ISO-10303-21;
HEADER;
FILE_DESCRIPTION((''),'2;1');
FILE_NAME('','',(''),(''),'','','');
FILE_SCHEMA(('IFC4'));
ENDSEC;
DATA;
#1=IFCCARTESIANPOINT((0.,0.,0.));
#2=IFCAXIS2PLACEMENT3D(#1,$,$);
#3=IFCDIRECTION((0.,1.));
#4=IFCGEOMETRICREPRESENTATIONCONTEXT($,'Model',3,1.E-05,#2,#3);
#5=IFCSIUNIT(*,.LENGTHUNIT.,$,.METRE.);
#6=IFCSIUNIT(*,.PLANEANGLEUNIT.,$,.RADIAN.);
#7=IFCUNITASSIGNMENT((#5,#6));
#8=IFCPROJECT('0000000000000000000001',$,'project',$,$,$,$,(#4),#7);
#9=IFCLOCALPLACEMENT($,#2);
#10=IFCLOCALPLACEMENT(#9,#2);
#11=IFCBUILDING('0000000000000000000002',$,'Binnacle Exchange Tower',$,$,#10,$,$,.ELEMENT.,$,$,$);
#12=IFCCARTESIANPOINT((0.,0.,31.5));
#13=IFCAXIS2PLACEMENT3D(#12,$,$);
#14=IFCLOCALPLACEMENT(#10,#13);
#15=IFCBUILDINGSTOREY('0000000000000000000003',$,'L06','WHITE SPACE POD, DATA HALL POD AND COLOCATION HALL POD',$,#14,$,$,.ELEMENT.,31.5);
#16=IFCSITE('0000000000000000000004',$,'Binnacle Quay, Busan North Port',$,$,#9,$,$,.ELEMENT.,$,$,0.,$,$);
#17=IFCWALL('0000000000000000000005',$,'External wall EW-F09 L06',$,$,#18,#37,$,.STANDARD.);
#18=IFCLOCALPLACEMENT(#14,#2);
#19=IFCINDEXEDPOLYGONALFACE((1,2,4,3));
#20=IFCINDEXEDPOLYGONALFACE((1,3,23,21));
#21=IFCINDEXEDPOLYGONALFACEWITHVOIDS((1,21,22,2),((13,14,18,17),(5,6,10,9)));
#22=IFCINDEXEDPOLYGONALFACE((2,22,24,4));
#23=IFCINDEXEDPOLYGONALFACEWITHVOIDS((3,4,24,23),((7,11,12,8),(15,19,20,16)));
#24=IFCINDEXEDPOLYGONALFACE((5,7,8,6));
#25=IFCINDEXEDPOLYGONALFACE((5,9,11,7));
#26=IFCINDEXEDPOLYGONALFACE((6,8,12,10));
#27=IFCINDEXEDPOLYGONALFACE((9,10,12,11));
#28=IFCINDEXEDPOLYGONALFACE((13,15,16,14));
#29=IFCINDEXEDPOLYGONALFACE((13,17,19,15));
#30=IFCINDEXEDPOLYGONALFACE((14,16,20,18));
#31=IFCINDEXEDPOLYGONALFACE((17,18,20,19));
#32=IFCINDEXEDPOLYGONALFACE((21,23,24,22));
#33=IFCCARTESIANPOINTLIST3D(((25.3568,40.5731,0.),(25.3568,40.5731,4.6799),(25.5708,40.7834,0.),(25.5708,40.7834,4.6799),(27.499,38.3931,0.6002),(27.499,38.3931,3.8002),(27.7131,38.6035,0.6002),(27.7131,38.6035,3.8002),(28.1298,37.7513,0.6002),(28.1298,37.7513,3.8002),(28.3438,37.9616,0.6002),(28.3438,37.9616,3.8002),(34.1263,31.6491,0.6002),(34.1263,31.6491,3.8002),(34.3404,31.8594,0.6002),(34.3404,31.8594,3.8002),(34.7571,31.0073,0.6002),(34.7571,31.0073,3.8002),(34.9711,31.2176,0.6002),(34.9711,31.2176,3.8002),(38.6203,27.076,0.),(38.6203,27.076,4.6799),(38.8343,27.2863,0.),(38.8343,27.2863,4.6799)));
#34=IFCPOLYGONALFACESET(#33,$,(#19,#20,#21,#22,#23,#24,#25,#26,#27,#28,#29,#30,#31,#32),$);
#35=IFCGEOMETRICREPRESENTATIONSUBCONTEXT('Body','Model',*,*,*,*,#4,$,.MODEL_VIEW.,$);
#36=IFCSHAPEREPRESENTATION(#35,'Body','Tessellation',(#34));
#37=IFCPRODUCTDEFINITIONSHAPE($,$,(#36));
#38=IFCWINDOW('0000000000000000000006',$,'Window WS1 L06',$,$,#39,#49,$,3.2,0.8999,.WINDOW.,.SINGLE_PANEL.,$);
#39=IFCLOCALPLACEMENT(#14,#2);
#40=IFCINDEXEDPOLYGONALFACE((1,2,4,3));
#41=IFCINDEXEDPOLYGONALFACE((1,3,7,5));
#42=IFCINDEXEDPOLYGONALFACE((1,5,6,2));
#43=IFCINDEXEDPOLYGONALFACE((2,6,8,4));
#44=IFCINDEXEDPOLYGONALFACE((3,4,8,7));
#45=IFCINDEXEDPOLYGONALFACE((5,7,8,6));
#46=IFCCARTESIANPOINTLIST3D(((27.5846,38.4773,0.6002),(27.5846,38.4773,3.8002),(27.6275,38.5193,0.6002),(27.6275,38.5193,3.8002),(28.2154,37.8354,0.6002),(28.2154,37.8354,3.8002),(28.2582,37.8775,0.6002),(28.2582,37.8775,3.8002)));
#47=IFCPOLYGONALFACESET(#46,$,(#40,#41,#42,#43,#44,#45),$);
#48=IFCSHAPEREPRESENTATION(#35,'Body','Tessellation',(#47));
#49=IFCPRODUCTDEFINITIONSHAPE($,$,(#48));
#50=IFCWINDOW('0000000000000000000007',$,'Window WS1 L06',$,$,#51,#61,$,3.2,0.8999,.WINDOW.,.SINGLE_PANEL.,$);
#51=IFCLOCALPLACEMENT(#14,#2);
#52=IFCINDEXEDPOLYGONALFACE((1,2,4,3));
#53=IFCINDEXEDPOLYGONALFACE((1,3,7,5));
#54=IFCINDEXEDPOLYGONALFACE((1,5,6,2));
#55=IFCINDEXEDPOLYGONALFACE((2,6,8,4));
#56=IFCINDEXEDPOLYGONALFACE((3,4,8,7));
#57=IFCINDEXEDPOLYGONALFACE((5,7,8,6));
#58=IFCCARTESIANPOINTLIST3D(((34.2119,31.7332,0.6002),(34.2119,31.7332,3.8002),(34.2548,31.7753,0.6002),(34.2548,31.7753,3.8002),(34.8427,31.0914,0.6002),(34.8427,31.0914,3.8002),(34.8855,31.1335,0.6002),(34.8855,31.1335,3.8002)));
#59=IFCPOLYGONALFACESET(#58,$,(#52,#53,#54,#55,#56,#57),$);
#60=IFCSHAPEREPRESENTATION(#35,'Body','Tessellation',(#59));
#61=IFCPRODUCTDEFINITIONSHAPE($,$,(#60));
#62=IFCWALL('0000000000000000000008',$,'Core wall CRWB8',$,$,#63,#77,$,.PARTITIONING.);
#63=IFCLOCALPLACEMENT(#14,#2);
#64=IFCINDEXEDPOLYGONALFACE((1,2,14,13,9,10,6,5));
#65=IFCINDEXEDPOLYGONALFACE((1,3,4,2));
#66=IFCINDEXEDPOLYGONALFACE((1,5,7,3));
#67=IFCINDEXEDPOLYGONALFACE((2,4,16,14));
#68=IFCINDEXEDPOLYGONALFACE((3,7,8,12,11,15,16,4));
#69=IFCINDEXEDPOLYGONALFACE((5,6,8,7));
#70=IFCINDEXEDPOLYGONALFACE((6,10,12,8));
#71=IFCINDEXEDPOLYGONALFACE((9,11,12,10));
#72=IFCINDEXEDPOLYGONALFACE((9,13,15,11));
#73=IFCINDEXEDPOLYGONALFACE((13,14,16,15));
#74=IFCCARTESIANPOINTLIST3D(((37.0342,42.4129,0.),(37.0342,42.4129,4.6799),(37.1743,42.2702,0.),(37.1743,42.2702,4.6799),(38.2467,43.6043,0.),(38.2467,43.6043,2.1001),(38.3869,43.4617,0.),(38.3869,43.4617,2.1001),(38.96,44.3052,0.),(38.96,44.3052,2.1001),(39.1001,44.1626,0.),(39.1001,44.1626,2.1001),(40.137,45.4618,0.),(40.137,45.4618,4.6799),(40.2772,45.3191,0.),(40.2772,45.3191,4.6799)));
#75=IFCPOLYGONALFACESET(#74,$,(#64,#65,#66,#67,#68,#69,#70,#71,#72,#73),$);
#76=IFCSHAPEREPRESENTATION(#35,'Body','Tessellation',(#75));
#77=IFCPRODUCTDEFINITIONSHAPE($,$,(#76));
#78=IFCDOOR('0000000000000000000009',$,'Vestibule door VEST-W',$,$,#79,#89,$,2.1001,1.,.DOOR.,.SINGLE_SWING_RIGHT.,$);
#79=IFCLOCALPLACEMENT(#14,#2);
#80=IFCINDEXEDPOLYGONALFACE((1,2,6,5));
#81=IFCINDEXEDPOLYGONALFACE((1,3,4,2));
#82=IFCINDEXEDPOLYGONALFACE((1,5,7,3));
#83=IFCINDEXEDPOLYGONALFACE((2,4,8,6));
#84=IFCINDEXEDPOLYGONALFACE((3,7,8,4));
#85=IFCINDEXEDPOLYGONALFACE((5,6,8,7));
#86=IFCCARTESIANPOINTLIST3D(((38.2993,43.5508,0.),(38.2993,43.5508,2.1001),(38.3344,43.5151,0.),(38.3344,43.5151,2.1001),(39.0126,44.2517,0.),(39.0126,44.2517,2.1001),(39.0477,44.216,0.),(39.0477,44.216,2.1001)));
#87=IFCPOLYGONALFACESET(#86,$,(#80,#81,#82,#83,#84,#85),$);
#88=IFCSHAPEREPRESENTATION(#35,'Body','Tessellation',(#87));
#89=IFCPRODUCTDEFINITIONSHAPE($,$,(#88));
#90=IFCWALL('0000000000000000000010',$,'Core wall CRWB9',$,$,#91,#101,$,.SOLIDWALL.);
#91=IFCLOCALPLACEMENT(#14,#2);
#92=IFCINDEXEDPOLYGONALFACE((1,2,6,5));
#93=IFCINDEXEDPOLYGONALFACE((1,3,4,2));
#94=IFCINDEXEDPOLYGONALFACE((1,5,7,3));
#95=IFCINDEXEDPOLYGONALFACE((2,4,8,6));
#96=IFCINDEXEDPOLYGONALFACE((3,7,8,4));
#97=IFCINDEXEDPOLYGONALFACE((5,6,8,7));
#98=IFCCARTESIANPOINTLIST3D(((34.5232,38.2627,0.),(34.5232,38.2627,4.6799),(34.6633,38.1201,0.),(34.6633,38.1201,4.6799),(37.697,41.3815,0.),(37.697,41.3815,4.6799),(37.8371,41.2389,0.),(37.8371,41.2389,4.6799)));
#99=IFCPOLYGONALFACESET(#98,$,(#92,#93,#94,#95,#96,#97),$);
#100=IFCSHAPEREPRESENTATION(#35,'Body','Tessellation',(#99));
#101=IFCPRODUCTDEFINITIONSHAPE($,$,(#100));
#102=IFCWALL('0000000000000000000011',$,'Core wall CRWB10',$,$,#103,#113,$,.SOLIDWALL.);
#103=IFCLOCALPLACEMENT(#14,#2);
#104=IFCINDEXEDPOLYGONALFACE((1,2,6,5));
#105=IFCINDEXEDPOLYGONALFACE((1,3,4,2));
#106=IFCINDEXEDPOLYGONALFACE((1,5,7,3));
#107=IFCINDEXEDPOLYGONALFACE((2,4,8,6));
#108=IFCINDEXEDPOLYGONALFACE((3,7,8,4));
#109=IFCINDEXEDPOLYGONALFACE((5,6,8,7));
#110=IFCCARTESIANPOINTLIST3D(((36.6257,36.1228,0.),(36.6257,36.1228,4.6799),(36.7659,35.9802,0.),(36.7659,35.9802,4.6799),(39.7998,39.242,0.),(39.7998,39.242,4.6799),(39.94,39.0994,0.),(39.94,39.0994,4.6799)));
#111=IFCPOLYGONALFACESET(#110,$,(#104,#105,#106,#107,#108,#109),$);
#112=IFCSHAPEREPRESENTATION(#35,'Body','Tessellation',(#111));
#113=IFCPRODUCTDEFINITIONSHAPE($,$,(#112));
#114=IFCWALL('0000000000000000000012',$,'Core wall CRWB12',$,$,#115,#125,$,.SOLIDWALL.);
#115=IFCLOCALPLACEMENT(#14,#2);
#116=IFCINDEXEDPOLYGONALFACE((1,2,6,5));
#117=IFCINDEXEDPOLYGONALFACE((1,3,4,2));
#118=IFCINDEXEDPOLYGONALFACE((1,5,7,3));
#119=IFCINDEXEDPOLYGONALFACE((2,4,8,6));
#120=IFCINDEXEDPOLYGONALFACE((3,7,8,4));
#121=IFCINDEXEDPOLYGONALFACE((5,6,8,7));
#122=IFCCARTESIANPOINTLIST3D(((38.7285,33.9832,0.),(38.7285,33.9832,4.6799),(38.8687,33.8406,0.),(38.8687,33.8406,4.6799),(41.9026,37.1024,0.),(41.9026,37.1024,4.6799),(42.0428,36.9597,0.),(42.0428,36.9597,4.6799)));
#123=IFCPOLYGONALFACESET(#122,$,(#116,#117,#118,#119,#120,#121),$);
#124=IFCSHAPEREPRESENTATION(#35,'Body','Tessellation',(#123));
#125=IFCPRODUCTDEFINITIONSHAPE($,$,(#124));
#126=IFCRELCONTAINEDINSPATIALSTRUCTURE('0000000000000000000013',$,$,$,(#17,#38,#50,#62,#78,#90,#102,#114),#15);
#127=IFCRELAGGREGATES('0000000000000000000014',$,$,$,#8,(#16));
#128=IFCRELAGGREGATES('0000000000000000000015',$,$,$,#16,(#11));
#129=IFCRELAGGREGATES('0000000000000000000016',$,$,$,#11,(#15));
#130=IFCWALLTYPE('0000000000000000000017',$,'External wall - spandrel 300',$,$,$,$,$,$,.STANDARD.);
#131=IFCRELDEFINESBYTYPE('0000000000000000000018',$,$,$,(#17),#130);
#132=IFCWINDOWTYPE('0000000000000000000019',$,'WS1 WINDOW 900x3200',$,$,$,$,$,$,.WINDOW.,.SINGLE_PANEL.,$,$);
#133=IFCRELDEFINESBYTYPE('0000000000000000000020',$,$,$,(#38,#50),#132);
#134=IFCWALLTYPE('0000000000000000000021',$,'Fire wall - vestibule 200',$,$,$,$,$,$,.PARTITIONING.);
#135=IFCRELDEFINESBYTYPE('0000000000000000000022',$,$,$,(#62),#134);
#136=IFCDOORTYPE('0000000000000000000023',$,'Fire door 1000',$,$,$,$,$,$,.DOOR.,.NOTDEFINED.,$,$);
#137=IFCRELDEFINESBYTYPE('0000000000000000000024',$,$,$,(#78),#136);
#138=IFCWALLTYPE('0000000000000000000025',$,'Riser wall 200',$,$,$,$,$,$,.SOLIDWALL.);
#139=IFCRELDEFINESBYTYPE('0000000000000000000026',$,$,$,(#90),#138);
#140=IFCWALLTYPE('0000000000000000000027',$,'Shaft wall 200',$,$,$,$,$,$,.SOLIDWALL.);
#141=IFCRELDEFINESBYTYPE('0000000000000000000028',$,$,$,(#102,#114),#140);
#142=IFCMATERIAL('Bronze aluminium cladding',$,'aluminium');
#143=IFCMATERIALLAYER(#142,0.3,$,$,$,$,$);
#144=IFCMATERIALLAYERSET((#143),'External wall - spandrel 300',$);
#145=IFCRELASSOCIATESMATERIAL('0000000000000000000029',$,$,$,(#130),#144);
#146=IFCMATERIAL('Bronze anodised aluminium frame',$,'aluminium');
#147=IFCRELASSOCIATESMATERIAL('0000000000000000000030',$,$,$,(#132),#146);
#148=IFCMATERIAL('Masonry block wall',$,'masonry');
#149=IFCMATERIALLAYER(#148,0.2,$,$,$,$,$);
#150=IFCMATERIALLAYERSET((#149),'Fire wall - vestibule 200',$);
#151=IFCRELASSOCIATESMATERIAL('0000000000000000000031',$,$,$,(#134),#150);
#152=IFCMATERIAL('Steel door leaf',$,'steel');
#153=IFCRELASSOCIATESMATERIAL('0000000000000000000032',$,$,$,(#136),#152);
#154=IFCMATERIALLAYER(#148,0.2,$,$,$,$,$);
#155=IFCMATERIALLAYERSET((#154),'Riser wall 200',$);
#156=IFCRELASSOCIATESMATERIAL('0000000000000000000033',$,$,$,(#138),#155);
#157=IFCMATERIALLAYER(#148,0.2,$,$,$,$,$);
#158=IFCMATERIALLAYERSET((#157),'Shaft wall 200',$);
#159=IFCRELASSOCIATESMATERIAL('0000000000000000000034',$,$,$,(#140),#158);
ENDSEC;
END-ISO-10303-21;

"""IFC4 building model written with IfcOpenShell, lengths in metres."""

from ifc_helpers import new_model, si_unit, direction, frame, frame_2d, origin, place, context, subcontext, project, spatial, rectangle, extrude, material, layer, layer_set, type_object, element, fill, save


model = new_model("IFC4")

# Units and contexts
model_context = context("Model", 3, precision=1e-05, world=origin(), true_north=direction((0.0, 1.0)))
body_context = subcontext(model_context, "Body", "Model", "MODEL_VIEW")
ifc_project = project(units=[si_unit("LENGTHUNIT", "METRE"), si_unit("PLANEANGLEUNIT", "RADIAN")], contexts=[model_context])

# Site, building, storey
site_placement = place(None, origin())
site = spatial("IfcSite", under=ifc_project, at=site_placement, Name="Binnacle Quay, Busan North Port", CompositionType="ELEMENT", RefElevation=0.0)
building_placement = place(site_placement, origin())
building = spatial("IfcBuilding", under=site, at=building_placement, Name="Binnacle Exchange Tower", CompositionType="ELEMENT")
storey_placement = place(building_placement, frame((0.0, 0.0, 31.5)))
storey = spatial("IfcBuildingStorey", under=building, at=storey_placement, Name="L06", Description="WHITE SPACE POD, DATA HALL POD AND COLOCATION HALL POD", CompositionType="ELEMENT", Elevation=31.5)

# Shared definitions
ifc_material_1 = material(Name="Steel door leaf", Category="steel")

# Wall, openings, windows
ifc_material_2 = material(Name="Bronze aluminium cladding", Category="aluminium")
ifc_layer_1 = layer(ifc_material_2, 0.3)
ifc_layer_set_1 = layer_set([ifc_layer_1], Name="External wall - spandrel 300")
wall_type_1 = type_object("IfcWallType", Name="External wall - spandrel 300", PredefinedType="STANDARD", material=ifc_layer_set_1)
wall_1_placement = place(storey_placement, frame((38.7273, 27.1812, 0.0), z_axis=(0.0, 0.0, 1.0), x_axis=(-0.700906, 0.713253, 0.0)))
wall_1 = element("IfcWall", 1, at=wall_1_placement, inside=storey, type_object=wall_type_1, Name="External wall EW-F09 L06", PredefinedType="STANDARD", context=body_context, shape_type="SweptSolid", body=[
    extrude(rectangle(XDim=18.9233, YDim=0.3, at=frame_2d((9.4617, 0.0))), origin(), (0.0, 0.0, 1.0), 4.6799),
])
opening_1_placement = place(wall_1_placement, frame((14.967, 0.0, 0.6001)))
opening_1 = element("IfcOpeningElement", 2, at=opening_1_placement, cuts=wall_1, PredefinedType="OPENING", context=body_context, shape_type="SweptSolid", body=[
    extrude(rectangle(XDim=0.8999, YDim=3.2, at=frame_2d((0.45, 1.6001))), frame((0.0, 0.1599, 0.0), z_axis=(0.0, -1.0, 0.0), x_axis=(1.0, 0.0, 0.0)), (0.0, 0.0, 1.0), 0.3201),
])
opening_2_placement = place(wall_1_placement, frame((5.5117, 0.0, 0.6001)))
opening_2 = element("IfcOpeningElement", 3, at=opening_2_placement, cuts=wall_1, PredefinedType="OPENING", context=body_context, shape_type="SweptSolid", body=[
    extrude(rectangle(XDim=0.8999, YDim=3.2, at=frame_2d((0.45, 1.6001))), frame((0.0, 0.1599, 0.0), z_axis=(0.0, -1.0, 0.0), x_axis=(1.0, 0.0, 0.0)), (0.0, 0.0, 1.0), 0.3201),
])
ifc_material_3 = material(Name="Bronze anodised aluminium frame", Category="aluminium")
window_type = type_object("IfcWindowType", Name="WS1 WINDOW 900x3200", PartitioningType="SINGLE_PANEL", PredefinedType="WINDOW", material=ifc_material_3)
window_1_placement = place(opening_1_placement, origin())
window_1 = element("IfcWindow", 4, at=window_1_placement, inside=storey, type_object=window_type, Name="Window WS1 L06", OverallHeight=3.2, OverallWidth=0.8999, PartitioningType="SINGLE_PANEL", PredefinedType="WINDOW", context=body_context, shape_type="SweptSolid", body=[
    extrude(rectangle(XDim=0.8999, YDim=3.2, at=frame_2d((0.45, 1.6001))), frame((0.0, 0.03, 0.0), z_axis=(0.0, -1.0, 0.0), x_axis=(1.0, 0.0, 0.0)), (0.0, 0.0, 1.0), 0.0601),
])
fill(opening_1, window_1)
window_2_placement = place(opening_2_placement, origin())
window_2 = element("IfcWindow", 5, at=window_2_placement, inside=storey, type_object=window_type, Name="Window WS1 L06", OverallHeight=3.2, OverallWidth=0.8999, PartitioningType="SINGLE_PANEL", PredefinedType="WINDOW", context=body_context, shape_type="SweptSolid", body=[
    extrude(rectangle(XDim=0.8999, YDim=3.2, at=frame_2d((0.45, 1.6001))), frame((0.0, 0.03, 0.0), z_axis=(0.0, -1.0, 0.0), x_axis=(1.0, 0.0, 0.0)), (0.0, 0.0, 1.0), 0.0601),
])
fill(opening_2, window_2)

# Wall, opening, door
ifc_material_4 = material(Name="Masonry block wall", Category="masonry")
ifc_layer_2 = layer(ifc_material_4, 0.2)
ifc_layer_set_2 = layer_set([ifc_layer_2], Name="Fire wall - vestibule 200")
wall_type_2 = type_object("IfcWallType", Name="Fire wall - vestibule 200", PredefinedType="PARTITIONING", material=ifc_layer_set_2)
wall_2_placement = place(storey_placement, frame((37.1042, 42.3416, 0.0), z_axis=(0.0, 0.0, 1.0), x_axis=(0.713281, 0.700878, 0.0)))
wall_2 = element("IfcWall", 6, at=wall_2_placement, inside=storey, type_object=wall_type_2, Name="Core wall CRWB8", PredefinedType="PARTITIONING", context=body_context, shape_type="SweptSolid", body=[
    extrude(rectangle(XDim=4.3501, YDim=0.2, at=frame_2d((2.175, 0.0))), origin(), (0.0, 0.0, 1.0), 4.6799),
])
opening_3_placement = place(wall_2_placement, frame((1.7, 0.0, 0.0)))
opening_3 = element("IfcOpeningElement", 7, at=opening_3_placement, cuts=wall_2, PredefinedType="OPENING", context=body_context, shape_type="SweptSolid", body=[
    extrude(rectangle(XDim=1.0, YDim=2.1001, at=frame_2d((0.5, 1.05))), frame((0.0, 0.1099, 0.0), z_axis=(0.0, -1.0, 0.0), x_axis=(1.0, 0.0, 0.0)), (0.0, 0.0, 1.0), 0.22),
])
door_type_1 = type_object("IfcDoorType", Name="Fire door 1000", OperationType="NOTDEFINED", PredefinedType="DOOR", material=ifc_material_1)
door_1_placement = place(opening_3_placement, origin())
door_1 = element("IfcDoor", 8, at=door_1_placement, inside=storey, type_object=door_type_1, Name="Vestibule door VEST-W", OperationType="SINGLE_SWING_RIGHT", OverallHeight=2.1001, OverallWidth=1.0, PredefinedType="DOOR", context=body_context, shape_type="SweptSolid", body=[
    extrude(rectangle(XDim=1.0, YDim=2.1001, at=frame_2d((0.5, 1.05))), frame((0.0, 0.0249, 0.0), z_axis=(0.0, -1.0, 0.0), x_axis=(1.0, 0.0, 0.0)), (0.0, 0.0, 1.0), 0.05),
])
fill(opening_3, door_1)

# Walls
ifc_layer_3 = layer(ifc_material_4, 0.2)
ifc_layer_set_3 = layer_set([ifc_layer_3], Name="Riser wall 200")
wall_type_3 = type_object("IfcWallType", Name="Riser wall 200", PredefinedType="SOLIDWALL", material=ifc_layer_set_3)
wall_3_placement = place(storey_placement, frame((34.5933, 38.1914, 0.0), z_axis=(0.0, 0.0, 1.0), x_axis=(0.713252, 0.700907, 0.0)))
element("IfcWall", 9, at=wall_3_placement, inside=storey, type_object=wall_type_3, Name="Core wall CRWB9", PredefinedType="SOLIDWALL", context=body_context, shape_type="SweptSolid", body=[
    extrude(rectangle(XDim=4.4497, YDim=0.2, at=frame_2d((2.2249, 0.0))), origin(), (0.0, 0.0, 1.0), 4.6799),
])
ifc_layer_4 = layer(ifc_material_4, 0.2)
ifc_layer_set_4 = layer_set([ifc_layer_4], Name="Shaft wall 200")
wall_type_4 = type_object("IfcWallType", Name="Shaft wall 200", PredefinedType="SOLIDWALL", material=ifc_layer_set_4)
for number, where, z_axis, x_axis, name in (
    (10, (36.6958, 36.0515, 0.0), (0.0, 0.0, 1.0), (0.713252, 0.700908, 0.0), "Core wall CRWB10"),
    (11, (38.7986, 33.9119, 0.0), (0.0, 0.0, 1.0), (0.713252, 0.700908, 0.0), "Core wall CRWB12"),
):
    element("IfcWall", number, at=place(storey_placement, frame(where, z_axis=z_axis, x_axis=x_axis)), inside=storey, type_object=wall_type_4, Name=name, PredefinedType="SOLIDWALL", context=body_context, shape_type="SweptSolid", body=[
        extrude(rectangle(XDim=4.4502, YDim=0.2, at=frame_2d((2.2251, 0.0))), origin(), (0.0, 0.0, 1.0), 4.6799),
    ])

save(model, "model.ifc")
